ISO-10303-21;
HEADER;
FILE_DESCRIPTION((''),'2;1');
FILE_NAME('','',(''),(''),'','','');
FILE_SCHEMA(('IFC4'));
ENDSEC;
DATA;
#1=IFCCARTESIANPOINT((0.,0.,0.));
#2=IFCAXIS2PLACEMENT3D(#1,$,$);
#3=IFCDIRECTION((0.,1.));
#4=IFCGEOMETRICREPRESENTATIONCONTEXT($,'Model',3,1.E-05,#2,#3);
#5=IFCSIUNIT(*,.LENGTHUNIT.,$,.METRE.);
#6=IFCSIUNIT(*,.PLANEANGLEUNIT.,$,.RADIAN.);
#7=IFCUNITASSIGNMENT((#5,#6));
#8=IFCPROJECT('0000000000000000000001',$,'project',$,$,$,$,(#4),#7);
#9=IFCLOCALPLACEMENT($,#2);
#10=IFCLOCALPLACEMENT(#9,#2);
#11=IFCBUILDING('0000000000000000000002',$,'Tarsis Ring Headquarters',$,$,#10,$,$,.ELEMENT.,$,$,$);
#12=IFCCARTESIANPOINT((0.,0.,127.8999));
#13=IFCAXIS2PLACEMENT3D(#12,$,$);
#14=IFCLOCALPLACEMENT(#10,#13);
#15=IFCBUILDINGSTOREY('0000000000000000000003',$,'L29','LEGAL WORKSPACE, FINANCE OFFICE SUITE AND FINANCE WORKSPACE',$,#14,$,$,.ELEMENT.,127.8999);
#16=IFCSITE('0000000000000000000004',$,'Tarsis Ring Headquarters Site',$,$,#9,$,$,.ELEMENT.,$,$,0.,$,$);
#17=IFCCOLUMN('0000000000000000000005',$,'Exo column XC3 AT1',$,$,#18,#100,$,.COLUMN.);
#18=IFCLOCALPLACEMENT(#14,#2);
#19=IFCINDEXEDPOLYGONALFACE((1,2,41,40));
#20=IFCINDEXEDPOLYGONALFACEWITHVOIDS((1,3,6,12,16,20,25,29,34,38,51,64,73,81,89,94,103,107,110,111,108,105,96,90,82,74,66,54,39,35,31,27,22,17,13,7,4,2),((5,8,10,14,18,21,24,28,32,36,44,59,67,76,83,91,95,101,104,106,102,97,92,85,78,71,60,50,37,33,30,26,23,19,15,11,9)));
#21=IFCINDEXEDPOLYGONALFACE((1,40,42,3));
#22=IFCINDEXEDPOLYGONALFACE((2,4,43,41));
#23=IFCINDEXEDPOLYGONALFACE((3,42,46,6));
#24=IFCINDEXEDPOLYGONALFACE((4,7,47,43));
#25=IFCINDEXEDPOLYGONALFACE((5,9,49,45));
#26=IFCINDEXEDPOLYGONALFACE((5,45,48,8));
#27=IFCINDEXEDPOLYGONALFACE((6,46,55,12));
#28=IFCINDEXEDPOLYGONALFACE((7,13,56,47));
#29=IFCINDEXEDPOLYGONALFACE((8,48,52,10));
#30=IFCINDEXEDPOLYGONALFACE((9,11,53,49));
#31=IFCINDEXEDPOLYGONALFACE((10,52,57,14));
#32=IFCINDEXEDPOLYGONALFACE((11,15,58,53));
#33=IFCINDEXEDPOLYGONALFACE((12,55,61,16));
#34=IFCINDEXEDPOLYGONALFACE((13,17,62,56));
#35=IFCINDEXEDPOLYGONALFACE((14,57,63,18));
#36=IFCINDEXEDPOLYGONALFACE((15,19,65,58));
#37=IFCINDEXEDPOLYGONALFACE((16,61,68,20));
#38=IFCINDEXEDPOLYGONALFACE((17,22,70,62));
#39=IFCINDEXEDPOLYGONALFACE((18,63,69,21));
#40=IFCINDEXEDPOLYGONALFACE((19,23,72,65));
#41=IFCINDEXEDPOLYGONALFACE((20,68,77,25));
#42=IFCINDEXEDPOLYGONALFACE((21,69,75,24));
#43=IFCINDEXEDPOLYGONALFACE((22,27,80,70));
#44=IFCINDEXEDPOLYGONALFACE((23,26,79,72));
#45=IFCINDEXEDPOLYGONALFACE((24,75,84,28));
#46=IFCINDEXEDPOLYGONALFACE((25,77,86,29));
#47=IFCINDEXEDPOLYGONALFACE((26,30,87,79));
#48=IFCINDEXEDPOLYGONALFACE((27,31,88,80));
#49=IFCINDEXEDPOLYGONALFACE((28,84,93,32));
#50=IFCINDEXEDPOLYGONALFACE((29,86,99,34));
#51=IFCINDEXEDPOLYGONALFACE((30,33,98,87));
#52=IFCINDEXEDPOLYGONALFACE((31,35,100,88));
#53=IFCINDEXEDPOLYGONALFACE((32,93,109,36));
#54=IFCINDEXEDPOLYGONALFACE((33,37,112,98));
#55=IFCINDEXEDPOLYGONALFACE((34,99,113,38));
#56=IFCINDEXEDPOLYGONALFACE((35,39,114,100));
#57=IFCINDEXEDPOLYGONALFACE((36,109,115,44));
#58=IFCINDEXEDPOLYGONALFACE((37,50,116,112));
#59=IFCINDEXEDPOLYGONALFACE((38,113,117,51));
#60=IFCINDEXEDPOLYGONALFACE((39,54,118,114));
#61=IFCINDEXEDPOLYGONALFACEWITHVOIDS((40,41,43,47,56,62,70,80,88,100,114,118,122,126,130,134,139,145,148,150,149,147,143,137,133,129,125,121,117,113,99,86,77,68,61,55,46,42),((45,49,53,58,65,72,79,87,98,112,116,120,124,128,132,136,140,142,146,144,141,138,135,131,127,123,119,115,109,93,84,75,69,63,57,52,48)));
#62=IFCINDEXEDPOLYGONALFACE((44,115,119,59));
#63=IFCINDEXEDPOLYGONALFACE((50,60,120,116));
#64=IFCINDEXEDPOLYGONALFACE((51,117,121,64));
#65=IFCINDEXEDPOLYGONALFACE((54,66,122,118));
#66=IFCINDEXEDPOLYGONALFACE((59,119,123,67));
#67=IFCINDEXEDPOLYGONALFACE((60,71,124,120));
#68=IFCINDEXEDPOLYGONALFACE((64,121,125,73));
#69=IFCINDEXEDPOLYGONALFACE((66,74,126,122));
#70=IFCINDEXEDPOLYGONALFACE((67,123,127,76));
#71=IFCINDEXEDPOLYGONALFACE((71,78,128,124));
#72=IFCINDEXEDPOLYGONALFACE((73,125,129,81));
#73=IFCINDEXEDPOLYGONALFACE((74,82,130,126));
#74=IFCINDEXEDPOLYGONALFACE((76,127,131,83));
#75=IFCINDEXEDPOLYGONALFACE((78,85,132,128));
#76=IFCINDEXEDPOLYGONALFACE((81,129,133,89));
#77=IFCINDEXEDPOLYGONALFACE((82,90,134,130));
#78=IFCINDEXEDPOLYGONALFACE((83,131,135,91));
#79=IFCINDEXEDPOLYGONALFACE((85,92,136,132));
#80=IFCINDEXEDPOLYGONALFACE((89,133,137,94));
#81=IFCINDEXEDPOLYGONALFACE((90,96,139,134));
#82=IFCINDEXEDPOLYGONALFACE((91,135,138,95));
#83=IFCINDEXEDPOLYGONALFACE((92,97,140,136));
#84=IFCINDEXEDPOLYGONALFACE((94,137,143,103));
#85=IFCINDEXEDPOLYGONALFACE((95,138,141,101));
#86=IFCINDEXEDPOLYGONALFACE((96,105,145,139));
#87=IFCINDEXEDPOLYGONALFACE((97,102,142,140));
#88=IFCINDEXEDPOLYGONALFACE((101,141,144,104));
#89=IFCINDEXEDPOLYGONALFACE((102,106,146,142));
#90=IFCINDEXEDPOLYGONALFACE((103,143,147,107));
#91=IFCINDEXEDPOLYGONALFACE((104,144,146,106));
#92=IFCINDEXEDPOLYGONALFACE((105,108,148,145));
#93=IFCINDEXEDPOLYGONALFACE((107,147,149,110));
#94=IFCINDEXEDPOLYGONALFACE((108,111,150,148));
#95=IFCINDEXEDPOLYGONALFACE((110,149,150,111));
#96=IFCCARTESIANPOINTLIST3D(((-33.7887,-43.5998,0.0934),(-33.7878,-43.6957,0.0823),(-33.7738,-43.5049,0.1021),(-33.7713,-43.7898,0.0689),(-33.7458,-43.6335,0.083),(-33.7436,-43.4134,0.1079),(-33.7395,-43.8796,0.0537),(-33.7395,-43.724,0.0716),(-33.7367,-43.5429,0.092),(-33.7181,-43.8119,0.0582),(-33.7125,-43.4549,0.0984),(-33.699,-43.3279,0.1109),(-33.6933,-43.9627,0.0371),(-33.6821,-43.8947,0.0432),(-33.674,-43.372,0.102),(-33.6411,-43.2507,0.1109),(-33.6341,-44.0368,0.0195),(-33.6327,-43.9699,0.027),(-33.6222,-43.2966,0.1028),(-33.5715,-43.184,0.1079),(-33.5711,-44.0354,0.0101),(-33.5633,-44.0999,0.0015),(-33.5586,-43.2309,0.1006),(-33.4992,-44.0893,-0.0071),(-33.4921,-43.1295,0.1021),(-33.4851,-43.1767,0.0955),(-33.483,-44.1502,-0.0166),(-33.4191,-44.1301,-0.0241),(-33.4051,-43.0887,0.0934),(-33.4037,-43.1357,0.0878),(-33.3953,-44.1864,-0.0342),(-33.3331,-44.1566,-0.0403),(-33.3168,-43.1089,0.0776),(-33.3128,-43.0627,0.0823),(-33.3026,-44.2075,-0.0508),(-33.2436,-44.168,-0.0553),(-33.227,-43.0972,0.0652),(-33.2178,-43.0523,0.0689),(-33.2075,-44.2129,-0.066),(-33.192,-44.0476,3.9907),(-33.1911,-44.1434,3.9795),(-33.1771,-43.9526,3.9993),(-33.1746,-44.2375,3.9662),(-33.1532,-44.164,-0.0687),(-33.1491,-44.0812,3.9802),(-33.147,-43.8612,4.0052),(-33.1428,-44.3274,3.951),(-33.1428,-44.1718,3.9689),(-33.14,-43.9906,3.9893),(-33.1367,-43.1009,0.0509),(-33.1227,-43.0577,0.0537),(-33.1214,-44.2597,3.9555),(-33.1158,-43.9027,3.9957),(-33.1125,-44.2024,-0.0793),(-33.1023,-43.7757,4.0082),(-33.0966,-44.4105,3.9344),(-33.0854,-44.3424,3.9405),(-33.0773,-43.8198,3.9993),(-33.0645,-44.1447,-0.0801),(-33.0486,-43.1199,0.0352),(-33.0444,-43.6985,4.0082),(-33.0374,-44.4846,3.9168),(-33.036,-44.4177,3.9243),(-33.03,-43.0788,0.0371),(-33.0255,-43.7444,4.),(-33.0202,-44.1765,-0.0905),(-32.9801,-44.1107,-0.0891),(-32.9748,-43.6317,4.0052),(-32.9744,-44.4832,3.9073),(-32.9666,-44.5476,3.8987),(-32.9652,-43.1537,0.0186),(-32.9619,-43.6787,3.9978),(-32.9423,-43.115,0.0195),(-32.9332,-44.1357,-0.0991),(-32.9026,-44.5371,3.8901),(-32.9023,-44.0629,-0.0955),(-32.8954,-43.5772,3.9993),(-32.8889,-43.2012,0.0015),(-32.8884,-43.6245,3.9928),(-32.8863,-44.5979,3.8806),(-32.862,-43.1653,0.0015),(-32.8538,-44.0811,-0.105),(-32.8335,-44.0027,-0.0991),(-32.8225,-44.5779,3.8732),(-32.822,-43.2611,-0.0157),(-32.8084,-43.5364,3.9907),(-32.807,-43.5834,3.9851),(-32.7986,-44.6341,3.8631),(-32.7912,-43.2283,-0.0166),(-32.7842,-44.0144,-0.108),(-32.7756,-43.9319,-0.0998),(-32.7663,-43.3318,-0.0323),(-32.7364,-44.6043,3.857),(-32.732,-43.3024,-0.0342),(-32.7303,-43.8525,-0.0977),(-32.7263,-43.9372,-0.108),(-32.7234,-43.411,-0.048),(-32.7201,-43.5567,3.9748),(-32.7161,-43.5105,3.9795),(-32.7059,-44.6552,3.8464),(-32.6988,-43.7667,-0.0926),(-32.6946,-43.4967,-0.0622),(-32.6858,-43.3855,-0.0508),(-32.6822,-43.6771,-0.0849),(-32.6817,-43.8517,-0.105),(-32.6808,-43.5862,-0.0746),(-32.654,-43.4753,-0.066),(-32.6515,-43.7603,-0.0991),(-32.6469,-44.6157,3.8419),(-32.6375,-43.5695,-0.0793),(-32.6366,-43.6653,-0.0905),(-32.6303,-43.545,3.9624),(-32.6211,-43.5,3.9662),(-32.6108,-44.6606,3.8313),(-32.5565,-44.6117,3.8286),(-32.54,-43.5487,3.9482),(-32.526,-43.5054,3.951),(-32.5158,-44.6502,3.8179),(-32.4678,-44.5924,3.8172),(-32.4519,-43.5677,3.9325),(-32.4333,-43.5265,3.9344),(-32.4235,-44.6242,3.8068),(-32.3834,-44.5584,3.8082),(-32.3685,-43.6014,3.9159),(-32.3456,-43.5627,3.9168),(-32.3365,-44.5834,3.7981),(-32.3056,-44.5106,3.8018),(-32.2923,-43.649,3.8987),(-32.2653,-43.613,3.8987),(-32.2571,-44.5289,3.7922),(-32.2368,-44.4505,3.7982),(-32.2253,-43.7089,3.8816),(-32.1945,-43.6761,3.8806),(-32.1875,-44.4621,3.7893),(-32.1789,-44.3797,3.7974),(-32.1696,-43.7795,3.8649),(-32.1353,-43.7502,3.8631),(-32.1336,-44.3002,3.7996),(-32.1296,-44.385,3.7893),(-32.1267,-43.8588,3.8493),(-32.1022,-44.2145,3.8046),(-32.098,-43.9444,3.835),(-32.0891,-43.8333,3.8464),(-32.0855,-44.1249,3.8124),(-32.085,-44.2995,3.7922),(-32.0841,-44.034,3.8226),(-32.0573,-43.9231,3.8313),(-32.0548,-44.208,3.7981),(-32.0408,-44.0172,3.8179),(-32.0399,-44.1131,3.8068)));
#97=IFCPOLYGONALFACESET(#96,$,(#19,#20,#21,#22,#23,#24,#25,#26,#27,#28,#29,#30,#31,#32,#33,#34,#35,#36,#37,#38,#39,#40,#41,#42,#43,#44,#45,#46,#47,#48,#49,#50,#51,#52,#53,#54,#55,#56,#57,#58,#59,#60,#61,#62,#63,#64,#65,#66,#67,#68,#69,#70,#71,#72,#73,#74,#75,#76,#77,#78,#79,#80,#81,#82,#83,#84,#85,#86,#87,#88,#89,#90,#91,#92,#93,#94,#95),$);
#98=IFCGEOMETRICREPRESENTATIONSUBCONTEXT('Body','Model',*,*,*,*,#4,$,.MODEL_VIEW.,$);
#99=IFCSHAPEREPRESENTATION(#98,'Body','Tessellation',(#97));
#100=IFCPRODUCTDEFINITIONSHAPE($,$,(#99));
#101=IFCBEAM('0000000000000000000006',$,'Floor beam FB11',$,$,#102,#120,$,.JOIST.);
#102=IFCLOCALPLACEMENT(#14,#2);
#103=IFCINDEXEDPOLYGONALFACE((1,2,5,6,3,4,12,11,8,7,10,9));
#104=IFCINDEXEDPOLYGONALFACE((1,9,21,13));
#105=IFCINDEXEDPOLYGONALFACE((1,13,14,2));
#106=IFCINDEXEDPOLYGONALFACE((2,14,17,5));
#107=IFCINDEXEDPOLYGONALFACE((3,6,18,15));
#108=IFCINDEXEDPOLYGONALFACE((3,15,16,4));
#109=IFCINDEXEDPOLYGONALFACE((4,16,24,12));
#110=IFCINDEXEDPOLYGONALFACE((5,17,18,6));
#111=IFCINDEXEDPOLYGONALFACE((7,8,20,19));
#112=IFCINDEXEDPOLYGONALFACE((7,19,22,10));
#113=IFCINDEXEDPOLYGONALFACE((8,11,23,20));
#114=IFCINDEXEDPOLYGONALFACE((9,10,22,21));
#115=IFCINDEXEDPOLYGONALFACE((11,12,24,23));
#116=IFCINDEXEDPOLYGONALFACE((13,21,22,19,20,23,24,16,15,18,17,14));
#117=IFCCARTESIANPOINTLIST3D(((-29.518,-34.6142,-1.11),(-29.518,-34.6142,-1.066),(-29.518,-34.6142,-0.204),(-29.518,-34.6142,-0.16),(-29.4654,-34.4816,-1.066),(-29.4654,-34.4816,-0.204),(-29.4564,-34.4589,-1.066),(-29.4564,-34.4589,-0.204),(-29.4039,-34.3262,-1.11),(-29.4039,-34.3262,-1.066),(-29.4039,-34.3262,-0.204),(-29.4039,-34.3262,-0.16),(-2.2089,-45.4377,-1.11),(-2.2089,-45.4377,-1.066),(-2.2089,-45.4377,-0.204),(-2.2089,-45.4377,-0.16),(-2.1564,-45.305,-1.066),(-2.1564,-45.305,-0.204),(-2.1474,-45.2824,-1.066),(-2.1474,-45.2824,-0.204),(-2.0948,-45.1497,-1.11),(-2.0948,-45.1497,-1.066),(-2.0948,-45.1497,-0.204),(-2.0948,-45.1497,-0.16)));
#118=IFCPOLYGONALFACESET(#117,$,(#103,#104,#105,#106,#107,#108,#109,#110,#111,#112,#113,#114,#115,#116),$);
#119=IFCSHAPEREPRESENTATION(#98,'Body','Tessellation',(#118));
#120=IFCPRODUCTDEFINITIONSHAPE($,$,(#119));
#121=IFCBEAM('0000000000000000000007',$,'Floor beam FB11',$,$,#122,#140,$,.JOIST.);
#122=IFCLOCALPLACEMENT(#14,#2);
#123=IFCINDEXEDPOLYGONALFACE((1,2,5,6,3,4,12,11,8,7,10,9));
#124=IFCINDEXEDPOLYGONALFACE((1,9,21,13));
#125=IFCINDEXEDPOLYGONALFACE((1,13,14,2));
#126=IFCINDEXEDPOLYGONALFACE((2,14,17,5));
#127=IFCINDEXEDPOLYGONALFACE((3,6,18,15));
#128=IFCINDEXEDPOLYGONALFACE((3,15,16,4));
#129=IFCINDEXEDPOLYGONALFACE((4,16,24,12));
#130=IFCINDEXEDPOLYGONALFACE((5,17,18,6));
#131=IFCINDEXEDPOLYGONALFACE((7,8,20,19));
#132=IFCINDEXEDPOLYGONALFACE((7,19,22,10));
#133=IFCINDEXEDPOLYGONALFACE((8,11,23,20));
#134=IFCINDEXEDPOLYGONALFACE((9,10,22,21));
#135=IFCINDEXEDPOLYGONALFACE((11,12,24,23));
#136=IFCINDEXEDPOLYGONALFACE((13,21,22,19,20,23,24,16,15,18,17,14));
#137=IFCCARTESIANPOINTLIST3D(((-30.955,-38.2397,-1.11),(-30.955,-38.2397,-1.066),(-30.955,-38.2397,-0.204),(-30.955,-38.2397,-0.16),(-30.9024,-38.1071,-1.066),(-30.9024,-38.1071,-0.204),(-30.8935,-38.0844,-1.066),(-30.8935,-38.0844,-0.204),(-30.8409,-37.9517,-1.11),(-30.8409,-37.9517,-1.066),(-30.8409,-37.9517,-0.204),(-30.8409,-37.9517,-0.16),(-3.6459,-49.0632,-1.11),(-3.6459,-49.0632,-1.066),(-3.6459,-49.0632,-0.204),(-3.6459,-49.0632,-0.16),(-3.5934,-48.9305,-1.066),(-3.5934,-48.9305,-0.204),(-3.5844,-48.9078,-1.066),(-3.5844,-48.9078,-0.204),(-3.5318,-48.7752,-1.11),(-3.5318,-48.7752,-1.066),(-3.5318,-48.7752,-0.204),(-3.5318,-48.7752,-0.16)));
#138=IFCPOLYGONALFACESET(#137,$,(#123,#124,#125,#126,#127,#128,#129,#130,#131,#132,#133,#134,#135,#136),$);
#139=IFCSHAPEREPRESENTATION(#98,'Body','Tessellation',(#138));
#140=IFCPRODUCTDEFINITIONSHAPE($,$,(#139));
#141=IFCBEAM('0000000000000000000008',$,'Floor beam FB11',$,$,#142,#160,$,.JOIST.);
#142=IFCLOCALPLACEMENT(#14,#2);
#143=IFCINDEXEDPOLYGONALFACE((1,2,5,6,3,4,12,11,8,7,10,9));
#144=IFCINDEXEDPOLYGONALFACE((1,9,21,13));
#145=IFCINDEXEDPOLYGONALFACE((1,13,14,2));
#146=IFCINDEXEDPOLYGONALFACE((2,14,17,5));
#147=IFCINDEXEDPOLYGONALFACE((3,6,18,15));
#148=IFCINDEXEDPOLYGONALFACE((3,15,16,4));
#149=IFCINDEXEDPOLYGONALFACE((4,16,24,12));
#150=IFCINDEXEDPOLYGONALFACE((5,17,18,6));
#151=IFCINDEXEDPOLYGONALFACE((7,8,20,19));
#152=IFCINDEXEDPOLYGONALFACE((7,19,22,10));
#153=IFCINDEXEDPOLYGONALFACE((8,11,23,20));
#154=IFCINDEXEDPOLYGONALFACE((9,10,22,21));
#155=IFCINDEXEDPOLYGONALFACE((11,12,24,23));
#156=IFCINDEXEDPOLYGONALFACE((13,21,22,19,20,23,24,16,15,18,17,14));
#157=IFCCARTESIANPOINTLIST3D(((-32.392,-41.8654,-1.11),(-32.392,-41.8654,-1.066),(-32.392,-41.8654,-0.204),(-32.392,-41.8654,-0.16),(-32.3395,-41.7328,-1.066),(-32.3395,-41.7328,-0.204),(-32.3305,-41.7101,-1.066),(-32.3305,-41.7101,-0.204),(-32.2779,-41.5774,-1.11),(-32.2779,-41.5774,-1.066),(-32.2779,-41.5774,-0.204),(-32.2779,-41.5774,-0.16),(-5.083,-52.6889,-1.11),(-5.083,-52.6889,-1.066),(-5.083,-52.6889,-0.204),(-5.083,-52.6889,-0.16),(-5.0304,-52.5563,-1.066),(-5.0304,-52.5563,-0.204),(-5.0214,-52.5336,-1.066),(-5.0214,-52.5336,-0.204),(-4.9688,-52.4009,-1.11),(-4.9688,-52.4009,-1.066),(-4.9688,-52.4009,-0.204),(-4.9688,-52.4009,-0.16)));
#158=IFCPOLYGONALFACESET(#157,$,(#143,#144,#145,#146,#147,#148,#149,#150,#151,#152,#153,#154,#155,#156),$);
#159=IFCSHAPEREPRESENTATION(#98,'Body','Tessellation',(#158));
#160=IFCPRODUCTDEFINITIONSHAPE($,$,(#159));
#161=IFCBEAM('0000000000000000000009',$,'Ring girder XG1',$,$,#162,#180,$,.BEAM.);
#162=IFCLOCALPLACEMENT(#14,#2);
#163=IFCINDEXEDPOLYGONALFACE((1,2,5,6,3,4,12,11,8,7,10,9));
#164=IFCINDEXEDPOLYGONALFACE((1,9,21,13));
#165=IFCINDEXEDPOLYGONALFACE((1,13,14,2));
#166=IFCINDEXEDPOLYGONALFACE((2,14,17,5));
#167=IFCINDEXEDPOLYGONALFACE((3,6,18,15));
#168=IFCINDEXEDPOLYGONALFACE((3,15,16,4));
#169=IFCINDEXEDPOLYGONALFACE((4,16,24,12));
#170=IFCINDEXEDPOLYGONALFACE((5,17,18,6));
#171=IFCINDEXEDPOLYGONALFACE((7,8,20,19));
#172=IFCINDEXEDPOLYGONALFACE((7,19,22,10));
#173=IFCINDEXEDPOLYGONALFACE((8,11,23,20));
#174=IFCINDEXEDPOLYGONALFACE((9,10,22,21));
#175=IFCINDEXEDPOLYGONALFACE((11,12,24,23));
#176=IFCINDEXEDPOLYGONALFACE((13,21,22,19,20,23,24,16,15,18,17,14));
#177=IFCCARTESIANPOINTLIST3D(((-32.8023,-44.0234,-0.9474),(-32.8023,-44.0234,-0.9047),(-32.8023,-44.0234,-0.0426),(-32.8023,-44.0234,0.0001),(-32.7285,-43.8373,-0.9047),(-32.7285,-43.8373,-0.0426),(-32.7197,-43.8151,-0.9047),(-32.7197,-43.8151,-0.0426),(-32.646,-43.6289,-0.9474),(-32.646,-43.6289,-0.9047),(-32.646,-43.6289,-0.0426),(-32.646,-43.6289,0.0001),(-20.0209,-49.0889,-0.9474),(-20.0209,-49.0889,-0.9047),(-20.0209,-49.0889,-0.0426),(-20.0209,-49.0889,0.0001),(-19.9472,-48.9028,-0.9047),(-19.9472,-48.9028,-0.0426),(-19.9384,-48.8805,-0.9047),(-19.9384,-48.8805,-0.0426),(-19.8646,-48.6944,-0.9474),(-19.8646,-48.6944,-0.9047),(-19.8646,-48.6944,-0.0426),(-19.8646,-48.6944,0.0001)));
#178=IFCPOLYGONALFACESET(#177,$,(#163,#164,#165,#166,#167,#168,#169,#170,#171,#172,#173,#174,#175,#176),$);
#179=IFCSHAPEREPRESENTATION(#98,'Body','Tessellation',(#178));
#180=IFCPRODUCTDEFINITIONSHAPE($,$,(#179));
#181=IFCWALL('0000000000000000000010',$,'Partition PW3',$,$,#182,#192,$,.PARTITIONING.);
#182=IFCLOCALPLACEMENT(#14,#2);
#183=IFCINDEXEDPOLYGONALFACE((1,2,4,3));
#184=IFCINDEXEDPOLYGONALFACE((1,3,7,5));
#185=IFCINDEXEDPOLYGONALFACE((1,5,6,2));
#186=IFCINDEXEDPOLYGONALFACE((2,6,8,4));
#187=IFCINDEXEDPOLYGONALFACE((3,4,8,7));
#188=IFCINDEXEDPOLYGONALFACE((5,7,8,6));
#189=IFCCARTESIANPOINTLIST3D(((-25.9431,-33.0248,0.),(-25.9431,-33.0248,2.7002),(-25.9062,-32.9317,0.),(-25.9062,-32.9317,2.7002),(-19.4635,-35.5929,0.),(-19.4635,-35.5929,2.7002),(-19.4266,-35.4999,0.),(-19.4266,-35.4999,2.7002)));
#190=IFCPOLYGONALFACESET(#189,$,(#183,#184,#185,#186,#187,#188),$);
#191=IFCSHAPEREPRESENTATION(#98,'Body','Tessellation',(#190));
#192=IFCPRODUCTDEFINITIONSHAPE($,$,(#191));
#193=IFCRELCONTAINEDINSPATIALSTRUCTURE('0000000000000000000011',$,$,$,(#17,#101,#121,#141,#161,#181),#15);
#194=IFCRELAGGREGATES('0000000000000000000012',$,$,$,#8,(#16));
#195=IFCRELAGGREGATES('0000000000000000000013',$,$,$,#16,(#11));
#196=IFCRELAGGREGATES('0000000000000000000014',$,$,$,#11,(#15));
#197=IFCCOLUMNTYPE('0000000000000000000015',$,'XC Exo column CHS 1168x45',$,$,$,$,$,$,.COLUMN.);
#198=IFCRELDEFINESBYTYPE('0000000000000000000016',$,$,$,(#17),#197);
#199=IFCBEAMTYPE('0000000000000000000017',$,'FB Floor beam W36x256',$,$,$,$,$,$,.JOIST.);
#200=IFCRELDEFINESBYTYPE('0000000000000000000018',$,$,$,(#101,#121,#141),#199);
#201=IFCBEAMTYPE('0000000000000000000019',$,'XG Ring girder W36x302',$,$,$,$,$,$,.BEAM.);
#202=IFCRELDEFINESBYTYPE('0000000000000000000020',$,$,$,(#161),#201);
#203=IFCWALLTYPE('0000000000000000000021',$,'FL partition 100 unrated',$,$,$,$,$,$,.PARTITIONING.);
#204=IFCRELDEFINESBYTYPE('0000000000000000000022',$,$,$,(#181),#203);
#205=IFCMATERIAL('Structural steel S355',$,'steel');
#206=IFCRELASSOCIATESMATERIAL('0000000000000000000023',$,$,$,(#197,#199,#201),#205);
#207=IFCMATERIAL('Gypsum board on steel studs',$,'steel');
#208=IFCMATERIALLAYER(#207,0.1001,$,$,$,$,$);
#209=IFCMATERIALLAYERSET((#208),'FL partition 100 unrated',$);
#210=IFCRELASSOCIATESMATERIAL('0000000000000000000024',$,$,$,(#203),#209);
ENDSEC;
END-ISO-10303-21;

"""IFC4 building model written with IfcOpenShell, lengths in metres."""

from ifc_helpers import new_model, si_unit, direction, frame, frame_2d, origin, origin_2d, place, context, subcontext, project, spatial, rectangle, hollow_circle, i_section, extrude, material, layer, layer_set, material_profile, profile_set, type_object, element, save


model = new_model("IFC4")

# Units and contexts
model_context = context("Model", 3, precision=1e-05, world=origin(), true_north=direction((0.0, 1.0)))
body_context = subcontext(model_context, "Body", "Model", "MODEL_VIEW")
ifc_project = project(units=[si_unit("LENGTHUNIT", "METRE"), si_unit("PLANEANGLEUNIT", "RADIAN")], contexts=[model_context])

# Site, building, storey
site_placement = place(None, origin())
site = spatial("IfcSite", under=ifc_project, at=site_placement, Name="Tarsis Ring Headquarters Site", CompositionType="ELEMENT", RefElevation=0.0)
building_placement = place(site_placement, origin())
building = spatial("IfcBuilding", under=site, at=building_placement, Name="Tarsis Ring Headquarters", CompositionType="ELEMENT")
storey_placement = place(building_placement, frame((0.0, 0.0, 127.8999)))
storey = spatial("IfcBuildingStorey", under=building, at=storey_placement, Name="L29", Description="LEGAL WORKSPACE, FINANCE OFFICE SUITE AND FINANCE WORKSPACE", CompositionType="ELEMENT", Elevation=127.8999)

# Column
ifc_material_1 = material(Name="Structural steel S355", Category="steel")
ifc_material_profile_1 = material_profile(ifc_material_1, hollow_circle(Radius=0.5842, WallThickness=0.0449, at=origin_2d()), Name="CHS 1168x45")
ifc_profile_set_1 = profile_set([ifc_material_profile_1], Name="Structural steel S355")
column_type = type_object("IfcColumnType", Name="XC Exo column CHS 1168x45", PredefinedType="COLUMN", material=ifc_profile_set_1)
column_placement = place(storey_placement, frame((-33.2126, -43.6326, 0.0015), z_axis=(0.150374, -0.112842, 0.982168), x_axis=(0.600209, 0.799843, 0.0)))
element("IfcColumn", 1, at=column_placement, inside=storey, type_object=column_type, Name="Exo column XC3 AT1", PredefinedType="COLUMN", context=body_context, shape_type="SweptSolid", body=[
    extrude(hollow_circle(Radius=0.5842, WallThickness=0.0449, at=origin_2d()), origin(), (0.0, 0.0, 1.0), 3.968),
])

# Beams
ifc_material_profile_2 = material_profile(ifc_material_1, i_section(OverallWidth=0.3098, OverallDepth=0.95, WebThickness=0.0244, FlangeThickness=0.0439, at=origin_2d()), Name="W36x256")
ifc_profile_set_2 = profile_set([ifc_material_profile_2], Name="Structural steel S355")
beam_type_1 = type_object("IfcBeamType", Name="FB Floor beam W36x256", PredefinedType="JOIST", material=ifc_profile_set_2)
for number, where, z_axis, x_axis, name in (
    (2, (-29.4609, -34.4702, -0.635), (0.929648, -0.36845, 0.0), (0.36845, 0.929648, 0.0), "Floor beam FB11"),
    (3, (-30.8979, -38.0957, -0.635), (0.929648, -0.36845, 0.0), (0.36845, 0.929648, 0.0), "Floor beam FB11"),
    (4, (-32.335, -41.7214, -0.635), (0.929648, -0.36845, 0.0), (0.36845, 0.929648, 0.0), "Floor beam FB11"),
):
    element("IfcBeam", number, at=place(storey_placement, frame(where, z_axis=z_axis, x_axis=x_axis)), inside=storey, type_object=beam_type_1, Name=name, PredefinedType="JOIST", context=body_context, shape_type="SweptSolid", body=[
        extrude(i_section(OverallWidth=0.3098, OverallDepth=0.95, WebThickness=0.0244, FlangeThickness=0.0439, at=origin_2d()), origin(), (0.0, 0.0, 1.0), 29.3757),
    ])
ifc_material_profile_3 = material_profile(ifc_material_1, i_section(OverallWidth=0.4243, OverallDepth=0.9475, WebThickness=0.0239, FlangeThickness=0.0427, at=origin_2d()), Name="W36x302")
ifc_profile_set_3 = profile_set([ifc_material_profile_3], Name="Structural steel S355")
beam_type_2 = type_object("IfcBeamType", Name="XG Ring girder W36x302", PredefinedType="BEAM", material=ifc_profile_set_3)
beam_placement = place(storey_placement, frame((-32.7241, -43.8262, -0.4736), z_axis=(0.929653, -0.368437, 0.0), x_axis=(0.368437, 0.929653, 0.0)))
element("IfcBeam", 5, at=beam_placement, inside=storey, type_object=beam_type_2, Name="Ring girder XG1", PredefinedType="BEAM", context=body_context, shape_type="SweptSolid", body=[
    extrude(i_section(OverallWidth=0.4243, OverallDepth=0.9475, WebThickness=0.0239, FlangeThickness=0.0427, at=origin_2d()), origin(), (0.0, 0.0, 1.0), 13.7485),
])

# Wall
ifc_material_2 = material(Name="Gypsum board on steel studs", Category="steel")
ifc_layer_1 = layer(ifc_material_2, 0.1001)
ifc_layer_set_1 = layer_set([ifc_layer_1], Name="FL partition 100 unrated")
wall_type_1 = type_object("IfcWallType", Name="FL partition 100 unrated", PredefinedType="PARTITIONING", material=ifc_layer_set_1)
wall_1_placement = place(storey_placement, frame((-25.9246, -32.9783, 0.0), z_axis=(0.0, 0.0, 1.0), x_axis=(0.929644, -0.36846, 0.0)))
element("IfcWall", 6, at=wall_1_placement, inside=storey, type_object=wall_type_1, Name="Partition PW3", PredefinedType="PARTITIONING", context=body_context, shape_type="SweptSolid", body=[
    extrude(rectangle(XDim=6.97, YDim=0.1001, at=frame_2d((3.4849, 0.0))), origin(), (0.0, 0.0, 1.0), 2.7002),
])

save(model, "model.ifc")
